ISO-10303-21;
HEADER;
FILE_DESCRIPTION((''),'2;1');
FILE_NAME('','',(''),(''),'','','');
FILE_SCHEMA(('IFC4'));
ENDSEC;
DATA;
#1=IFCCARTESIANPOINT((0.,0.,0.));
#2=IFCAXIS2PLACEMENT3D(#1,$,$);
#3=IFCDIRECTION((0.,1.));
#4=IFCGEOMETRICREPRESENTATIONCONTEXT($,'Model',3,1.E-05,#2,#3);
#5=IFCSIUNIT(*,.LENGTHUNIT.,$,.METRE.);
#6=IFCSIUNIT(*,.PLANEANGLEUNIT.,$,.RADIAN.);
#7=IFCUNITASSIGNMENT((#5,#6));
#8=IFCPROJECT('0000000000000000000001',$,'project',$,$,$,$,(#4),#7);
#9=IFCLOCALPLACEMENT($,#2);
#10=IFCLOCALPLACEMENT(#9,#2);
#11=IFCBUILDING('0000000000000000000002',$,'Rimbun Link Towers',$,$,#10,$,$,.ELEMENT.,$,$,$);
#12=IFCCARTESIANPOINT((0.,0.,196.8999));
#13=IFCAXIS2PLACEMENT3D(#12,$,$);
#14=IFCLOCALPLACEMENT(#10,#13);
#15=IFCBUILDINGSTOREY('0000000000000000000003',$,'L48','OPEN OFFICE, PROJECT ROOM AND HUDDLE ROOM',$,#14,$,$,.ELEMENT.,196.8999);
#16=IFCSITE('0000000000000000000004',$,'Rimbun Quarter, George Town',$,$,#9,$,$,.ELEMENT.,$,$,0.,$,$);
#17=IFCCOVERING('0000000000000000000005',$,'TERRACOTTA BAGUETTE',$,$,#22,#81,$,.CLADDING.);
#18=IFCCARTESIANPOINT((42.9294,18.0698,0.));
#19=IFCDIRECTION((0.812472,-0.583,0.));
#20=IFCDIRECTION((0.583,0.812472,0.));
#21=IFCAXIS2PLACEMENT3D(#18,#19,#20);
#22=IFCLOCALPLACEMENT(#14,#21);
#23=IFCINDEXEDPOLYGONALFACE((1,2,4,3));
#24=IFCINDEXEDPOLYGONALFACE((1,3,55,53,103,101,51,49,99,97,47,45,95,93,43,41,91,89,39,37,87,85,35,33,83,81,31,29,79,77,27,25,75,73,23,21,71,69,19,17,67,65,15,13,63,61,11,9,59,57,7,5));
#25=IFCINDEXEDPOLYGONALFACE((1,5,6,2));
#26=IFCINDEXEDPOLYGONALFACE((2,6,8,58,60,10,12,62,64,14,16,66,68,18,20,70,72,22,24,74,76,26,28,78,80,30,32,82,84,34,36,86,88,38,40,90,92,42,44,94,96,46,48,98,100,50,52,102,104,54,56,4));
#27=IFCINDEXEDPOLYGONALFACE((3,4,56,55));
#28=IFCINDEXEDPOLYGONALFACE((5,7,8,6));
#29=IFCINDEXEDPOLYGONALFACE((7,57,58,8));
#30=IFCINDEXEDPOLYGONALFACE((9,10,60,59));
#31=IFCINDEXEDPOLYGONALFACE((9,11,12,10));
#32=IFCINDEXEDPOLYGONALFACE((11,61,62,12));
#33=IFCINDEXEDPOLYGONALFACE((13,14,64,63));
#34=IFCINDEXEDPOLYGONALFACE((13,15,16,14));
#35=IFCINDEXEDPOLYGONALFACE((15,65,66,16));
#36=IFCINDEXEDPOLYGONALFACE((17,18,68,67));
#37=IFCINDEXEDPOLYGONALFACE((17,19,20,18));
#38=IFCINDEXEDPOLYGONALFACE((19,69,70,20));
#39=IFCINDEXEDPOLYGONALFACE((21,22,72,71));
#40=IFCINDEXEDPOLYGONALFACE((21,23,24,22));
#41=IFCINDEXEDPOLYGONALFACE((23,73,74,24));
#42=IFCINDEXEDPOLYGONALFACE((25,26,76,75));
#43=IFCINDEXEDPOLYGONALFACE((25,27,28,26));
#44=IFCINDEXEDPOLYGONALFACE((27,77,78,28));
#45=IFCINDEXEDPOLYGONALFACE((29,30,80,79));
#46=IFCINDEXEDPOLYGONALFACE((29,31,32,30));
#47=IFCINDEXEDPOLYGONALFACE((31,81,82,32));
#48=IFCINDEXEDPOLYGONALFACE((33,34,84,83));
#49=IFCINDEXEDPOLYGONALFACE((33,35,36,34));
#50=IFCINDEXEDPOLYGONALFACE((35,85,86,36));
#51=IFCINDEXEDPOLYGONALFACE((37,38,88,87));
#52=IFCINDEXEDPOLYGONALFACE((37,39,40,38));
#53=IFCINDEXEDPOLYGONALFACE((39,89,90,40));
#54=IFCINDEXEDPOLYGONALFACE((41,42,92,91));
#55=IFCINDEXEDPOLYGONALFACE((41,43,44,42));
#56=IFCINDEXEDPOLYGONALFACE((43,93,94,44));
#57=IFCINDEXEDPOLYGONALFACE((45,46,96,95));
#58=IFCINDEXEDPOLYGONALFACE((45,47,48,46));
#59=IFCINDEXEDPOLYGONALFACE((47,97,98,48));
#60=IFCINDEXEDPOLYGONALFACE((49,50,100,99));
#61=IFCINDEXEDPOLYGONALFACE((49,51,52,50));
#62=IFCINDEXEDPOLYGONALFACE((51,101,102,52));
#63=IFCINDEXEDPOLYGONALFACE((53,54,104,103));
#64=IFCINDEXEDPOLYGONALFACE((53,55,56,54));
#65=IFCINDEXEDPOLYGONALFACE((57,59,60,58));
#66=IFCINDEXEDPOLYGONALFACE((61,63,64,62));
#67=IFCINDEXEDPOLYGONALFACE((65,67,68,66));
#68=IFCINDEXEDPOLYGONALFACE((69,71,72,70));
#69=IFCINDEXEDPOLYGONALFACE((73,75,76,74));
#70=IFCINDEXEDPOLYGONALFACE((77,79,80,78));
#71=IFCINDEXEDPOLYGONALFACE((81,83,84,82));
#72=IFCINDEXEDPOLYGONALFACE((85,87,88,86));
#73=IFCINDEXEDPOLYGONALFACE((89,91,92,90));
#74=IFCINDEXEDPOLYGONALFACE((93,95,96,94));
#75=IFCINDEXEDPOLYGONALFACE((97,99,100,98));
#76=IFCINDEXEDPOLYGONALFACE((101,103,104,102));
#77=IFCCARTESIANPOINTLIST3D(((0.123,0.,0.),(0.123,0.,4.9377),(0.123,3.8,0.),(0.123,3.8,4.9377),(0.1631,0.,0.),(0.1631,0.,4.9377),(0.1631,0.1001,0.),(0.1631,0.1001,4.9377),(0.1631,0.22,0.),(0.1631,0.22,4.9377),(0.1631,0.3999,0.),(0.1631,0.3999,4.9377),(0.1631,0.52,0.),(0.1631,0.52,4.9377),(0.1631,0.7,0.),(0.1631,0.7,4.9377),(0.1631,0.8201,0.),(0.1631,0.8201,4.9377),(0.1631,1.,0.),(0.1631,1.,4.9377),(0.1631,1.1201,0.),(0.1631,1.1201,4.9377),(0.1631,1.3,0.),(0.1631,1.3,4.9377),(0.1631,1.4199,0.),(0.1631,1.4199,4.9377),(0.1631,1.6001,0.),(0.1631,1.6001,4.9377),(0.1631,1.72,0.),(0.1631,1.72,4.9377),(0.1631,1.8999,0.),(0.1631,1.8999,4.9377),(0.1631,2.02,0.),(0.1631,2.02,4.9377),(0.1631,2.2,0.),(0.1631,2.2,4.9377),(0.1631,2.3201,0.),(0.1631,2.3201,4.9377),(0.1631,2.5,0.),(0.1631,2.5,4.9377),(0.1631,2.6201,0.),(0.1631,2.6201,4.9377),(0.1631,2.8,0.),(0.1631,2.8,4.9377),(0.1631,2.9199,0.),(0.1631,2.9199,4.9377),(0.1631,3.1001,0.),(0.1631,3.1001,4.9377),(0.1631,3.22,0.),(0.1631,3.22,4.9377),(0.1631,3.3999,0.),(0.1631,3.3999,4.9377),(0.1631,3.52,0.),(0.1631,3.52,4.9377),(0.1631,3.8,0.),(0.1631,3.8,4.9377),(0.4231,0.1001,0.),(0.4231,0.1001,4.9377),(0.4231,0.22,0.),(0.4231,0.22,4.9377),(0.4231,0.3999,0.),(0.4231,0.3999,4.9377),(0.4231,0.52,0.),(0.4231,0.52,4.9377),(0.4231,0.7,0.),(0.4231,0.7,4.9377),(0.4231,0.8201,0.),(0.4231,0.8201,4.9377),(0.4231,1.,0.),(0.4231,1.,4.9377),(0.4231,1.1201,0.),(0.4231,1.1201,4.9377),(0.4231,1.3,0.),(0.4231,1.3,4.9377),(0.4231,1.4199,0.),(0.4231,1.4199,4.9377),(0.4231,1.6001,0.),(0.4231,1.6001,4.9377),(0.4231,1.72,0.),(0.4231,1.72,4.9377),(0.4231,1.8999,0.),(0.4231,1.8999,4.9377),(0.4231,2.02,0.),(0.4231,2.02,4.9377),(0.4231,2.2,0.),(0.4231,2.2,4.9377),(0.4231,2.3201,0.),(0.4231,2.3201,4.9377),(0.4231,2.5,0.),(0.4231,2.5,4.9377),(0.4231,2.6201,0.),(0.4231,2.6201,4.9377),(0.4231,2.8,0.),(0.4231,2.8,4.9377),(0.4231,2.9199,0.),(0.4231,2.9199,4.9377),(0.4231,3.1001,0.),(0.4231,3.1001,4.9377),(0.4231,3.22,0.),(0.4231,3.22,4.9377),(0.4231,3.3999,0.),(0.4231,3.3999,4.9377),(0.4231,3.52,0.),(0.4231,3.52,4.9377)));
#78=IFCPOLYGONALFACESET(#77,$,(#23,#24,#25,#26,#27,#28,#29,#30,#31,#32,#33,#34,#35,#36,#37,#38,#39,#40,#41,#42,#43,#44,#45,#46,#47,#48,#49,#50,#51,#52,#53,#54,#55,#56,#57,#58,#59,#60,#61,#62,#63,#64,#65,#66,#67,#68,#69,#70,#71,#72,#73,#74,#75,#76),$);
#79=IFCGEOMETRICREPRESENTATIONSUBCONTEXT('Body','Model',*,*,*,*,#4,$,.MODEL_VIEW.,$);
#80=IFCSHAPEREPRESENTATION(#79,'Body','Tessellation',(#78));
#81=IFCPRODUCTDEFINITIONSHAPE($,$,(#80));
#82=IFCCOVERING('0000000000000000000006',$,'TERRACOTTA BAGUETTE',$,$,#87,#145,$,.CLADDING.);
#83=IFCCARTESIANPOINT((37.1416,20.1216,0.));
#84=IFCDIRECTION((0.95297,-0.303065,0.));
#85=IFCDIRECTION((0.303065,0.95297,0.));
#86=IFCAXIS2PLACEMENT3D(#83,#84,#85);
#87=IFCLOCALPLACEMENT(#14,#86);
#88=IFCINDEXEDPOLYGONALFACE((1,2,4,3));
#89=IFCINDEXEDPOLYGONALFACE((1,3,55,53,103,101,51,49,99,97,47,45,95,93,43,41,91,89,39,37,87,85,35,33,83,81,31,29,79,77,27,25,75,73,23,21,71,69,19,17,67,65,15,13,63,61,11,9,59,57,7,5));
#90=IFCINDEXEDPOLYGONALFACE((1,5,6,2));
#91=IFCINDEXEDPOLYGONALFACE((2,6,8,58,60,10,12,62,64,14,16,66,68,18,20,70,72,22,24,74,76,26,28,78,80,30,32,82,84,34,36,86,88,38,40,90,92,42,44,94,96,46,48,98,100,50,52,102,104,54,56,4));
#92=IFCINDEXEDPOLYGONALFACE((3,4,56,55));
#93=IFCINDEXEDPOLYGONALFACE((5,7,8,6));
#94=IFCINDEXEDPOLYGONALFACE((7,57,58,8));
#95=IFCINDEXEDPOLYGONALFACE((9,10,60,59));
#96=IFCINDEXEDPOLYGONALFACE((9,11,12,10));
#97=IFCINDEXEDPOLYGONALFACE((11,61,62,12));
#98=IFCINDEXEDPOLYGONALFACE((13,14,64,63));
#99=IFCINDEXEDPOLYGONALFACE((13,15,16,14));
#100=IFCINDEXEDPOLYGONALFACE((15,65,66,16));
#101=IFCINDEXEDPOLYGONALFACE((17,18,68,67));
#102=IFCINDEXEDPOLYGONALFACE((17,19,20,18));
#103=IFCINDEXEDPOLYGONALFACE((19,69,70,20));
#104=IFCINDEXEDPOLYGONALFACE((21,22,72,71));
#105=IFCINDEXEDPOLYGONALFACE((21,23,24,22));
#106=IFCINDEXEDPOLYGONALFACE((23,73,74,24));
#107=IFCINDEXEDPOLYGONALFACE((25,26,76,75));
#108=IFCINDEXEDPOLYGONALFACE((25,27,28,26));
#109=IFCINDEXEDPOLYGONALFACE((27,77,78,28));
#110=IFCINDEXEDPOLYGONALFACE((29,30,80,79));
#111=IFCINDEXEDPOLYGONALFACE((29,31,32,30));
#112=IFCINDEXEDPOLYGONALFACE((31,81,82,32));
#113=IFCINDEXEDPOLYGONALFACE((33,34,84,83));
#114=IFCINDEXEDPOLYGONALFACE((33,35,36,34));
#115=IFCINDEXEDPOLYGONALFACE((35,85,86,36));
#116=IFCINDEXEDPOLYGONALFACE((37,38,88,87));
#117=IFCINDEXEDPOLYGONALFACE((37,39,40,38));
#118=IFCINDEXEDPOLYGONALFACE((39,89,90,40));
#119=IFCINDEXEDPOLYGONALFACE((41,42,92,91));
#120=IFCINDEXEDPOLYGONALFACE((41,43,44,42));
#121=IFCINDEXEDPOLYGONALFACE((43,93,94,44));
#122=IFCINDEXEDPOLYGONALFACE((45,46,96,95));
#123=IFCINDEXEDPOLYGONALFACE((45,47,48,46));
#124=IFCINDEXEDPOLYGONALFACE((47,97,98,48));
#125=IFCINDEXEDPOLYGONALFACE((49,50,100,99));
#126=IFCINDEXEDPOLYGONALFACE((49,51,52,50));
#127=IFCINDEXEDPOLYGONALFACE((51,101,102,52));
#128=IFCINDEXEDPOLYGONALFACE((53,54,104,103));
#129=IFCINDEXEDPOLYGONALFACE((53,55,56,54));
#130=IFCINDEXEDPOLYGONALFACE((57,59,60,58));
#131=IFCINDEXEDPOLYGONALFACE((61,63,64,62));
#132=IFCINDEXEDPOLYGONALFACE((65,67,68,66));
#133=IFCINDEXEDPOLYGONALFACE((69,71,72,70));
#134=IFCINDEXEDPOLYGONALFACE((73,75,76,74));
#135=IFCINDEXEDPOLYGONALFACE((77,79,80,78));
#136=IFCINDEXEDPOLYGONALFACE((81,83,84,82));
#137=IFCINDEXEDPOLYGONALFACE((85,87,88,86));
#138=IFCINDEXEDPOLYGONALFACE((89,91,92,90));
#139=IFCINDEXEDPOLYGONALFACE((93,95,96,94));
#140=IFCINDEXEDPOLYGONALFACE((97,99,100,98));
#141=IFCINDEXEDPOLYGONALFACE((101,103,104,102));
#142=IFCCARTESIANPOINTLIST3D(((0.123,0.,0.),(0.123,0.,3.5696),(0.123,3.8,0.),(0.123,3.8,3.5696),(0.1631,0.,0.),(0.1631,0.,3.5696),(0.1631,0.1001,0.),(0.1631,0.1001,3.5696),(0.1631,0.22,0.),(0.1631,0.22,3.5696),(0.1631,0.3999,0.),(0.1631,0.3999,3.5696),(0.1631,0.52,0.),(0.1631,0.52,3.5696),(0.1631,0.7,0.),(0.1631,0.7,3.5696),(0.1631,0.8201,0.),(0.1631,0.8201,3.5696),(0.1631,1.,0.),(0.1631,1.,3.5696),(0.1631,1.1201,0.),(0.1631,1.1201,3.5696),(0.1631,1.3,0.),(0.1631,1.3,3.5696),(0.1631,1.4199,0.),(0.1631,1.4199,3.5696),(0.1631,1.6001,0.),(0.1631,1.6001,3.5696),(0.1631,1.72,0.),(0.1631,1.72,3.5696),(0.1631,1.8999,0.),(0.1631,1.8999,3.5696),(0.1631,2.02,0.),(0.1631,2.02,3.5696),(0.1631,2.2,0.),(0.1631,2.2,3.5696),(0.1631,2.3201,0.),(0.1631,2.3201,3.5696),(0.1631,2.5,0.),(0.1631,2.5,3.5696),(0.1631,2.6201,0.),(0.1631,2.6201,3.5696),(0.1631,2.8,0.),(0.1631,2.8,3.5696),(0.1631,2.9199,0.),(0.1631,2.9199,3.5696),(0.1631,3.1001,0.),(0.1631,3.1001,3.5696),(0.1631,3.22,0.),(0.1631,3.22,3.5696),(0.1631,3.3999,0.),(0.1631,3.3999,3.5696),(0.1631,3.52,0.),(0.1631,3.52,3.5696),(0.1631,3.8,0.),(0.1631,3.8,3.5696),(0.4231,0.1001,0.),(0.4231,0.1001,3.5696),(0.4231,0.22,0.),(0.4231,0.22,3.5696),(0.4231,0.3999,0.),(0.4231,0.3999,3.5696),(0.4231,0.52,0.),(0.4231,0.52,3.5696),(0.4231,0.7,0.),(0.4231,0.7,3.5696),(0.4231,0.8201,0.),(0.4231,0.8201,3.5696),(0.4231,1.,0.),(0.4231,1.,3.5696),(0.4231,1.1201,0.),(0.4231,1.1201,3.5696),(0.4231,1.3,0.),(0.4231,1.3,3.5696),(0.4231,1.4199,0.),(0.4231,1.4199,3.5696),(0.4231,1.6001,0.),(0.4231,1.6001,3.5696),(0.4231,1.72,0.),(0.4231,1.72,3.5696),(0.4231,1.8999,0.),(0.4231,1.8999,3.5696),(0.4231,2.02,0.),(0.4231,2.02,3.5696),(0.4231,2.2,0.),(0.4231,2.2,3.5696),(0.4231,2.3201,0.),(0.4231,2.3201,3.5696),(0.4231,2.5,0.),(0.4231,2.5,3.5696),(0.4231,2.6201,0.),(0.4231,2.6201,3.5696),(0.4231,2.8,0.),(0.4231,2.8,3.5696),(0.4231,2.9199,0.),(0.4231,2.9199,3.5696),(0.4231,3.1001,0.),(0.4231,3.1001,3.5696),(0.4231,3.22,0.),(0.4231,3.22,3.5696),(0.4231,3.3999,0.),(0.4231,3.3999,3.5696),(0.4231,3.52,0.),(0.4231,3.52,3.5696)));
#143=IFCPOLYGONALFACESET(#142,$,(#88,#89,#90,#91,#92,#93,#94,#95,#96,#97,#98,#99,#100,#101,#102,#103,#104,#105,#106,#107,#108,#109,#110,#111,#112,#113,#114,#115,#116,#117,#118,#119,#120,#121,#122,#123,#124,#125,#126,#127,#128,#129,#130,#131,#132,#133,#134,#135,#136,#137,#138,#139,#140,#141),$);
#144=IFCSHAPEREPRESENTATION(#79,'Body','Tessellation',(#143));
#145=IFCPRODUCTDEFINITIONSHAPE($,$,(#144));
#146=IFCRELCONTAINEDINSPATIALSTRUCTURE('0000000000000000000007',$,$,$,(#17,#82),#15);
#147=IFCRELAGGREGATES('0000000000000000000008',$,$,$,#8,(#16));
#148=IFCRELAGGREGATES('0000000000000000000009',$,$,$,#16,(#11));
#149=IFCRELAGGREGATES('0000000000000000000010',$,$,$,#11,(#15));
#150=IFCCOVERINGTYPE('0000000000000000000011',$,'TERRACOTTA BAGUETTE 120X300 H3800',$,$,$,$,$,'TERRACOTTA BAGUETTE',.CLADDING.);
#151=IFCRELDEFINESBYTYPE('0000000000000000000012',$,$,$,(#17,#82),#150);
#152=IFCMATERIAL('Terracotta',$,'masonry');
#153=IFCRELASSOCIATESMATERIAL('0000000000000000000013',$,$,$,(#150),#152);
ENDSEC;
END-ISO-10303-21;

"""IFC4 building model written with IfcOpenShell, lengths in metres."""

from ifc_helpers import new_model, si_unit, direction, frame, origin, place, context, subcontext, project, spatial, polyline, outline, extrude, material, material_profile, profile_set, type_object, element, save


model = new_model("IFC4")

# Units and contexts
model_context = context("Model", 3, precision=1e-05, world=origin(), true_north=direction((0.0, 1.0)))
body_context = subcontext(model_context, "Body", "Model", "MODEL_VIEW")
ifc_project = project(units=[si_unit("LENGTHUNIT", "METRE"), si_unit("PLANEANGLEUNIT", "RADIAN")], contexts=[model_context])

# Site, building, storey
site_placement = place(None, origin())
site = spatial("IfcSite", under=ifc_project, at=site_placement, Name="Rimbun Quarter, George Town", CompositionType="ELEMENT", RefElevation=0.0)
building_placement = place(site_placement, origin())
building = spatial("IfcBuilding", under=site, at=building_placement, Name="Rimbun Link Towers", CompositionType="ELEMENT")
storey_placement = place(building_placement, frame((0.0, 0.0, 196.8999)))
storey = spatial("IfcBuildingStorey", under=building, at=storey_placement, Name="L48", Description="OPEN OFFICE, PROJECT ROOM AND HUDDLE ROOM", CompositionType="ELEMENT", Elevation=196.8999)

# Coverings
ifc_material_1 = material(Name="Terracotta", Category="masonry")
ifc_material_profile_1 = material_profile(ifc_material_1, outline(polyline([(0.123, 0.0), (0.1631, 0.0), (0.1631, 0.1001), (0.4231, 0.1001), (0.4231, 0.22), (0.1631, 0.22), (0.1631, 0.3999), (0.4231, 0.3999), (0.4231, 0.52), (0.1631, 0.52), (0.1631, 0.7), (0.4231, 0.7), (0.4231, 0.8201), (0.1631, 0.8201), (0.1631, 1.0), (0.4231, 1.0), (0.4231, 1.1201), (0.1631, 1.1201), (0.1631, 1.3), (0.4231, 1.3), (0.4231, 1.4199), (0.1631, 1.4199), (0.1631, 1.6001), (0.4231, 1.6001), (0.4231, 1.72), (0.1631, 1.72), (0.1631, 1.8999), (0.4231, 1.8999), (0.4231, 2.02), (0.1631, 2.02), (0.1631, 2.2), (0.4231, 2.2), (0.4231, 2.3201), (0.1631, 2.3201), (0.1631, 2.5), (0.4231, 2.5), (0.4231, 2.6201), (0.1631, 2.6201), (0.1631, 2.8), (0.4231, 2.8), (0.4231, 2.9199), (0.1631, 2.9199), (0.1631, 3.1001), (0.4231, 3.1001), (0.4231, 3.22), (0.1631, 3.22), (0.1631, 3.3999), (0.4231, 3.3999), (0.4231, 3.52), (0.1631, 3.52), (0.1631, 3.8), (0.123, 3.8), (0.123, 0.0)])), Name="BAGUETTE 120X300")
ifc_profile_set_1 = profile_set([ifc_material_profile_1], Name="Terracotta")
covering_type = type_object("IfcCoveringType", Name="TERRACOTTA BAGUETTE 120X300 H3800", ElementType="TERRACOTTA BAGUETTE", PredefinedType="CLADDING", material=ifc_profile_set_1)
covering_1_placement = place(storey_placement, frame((42.9294, 18.0698, 0.0), z_axis=(0.812472, -0.583, 0.0), x_axis=(0.583, 0.812472, 0.0)))
element("IfcCovering", 1, at=covering_1_placement, inside=storey, type_object=covering_type, Name="TERRACOTTA BAGUETTE", PredefinedType="CLADDING", context=body_context, shape_type="SweptSolid", body=[
    extrude(outline(polyline([(0.123, 0.0), (0.1631, 0.0), (0.1631, 0.1001), (0.4231, 0.1001), (0.4231, 0.22), (0.1631, 0.22), (0.1631, 0.3999), (0.4231, 0.3999), (0.4231, 0.52), (0.1631, 0.52), (0.1631, 0.7), (0.4231, 0.7), (0.4231, 0.8201), (0.1631, 0.8201), (0.1631, 1.0), (0.4231, 1.0), (0.4231, 1.1201), (0.1631, 1.1201), (0.1631, 1.3), (0.4231, 1.3), (0.4231, 1.4199), (0.1631, 1.4199), (0.1631, 1.6001), (0.4231, 1.6001), (0.4231, 1.72), (0.1631, 1.72), (0.1631, 1.8999), (0.4231, 1.8999), (0.4231, 2.02), (0.1631, 2.02), (0.1631, 2.2), (0.4231, 2.2), (0.4231, 2.3201), (0.1631, 2.3201), (0.1631, 2.5), (0.4231, 2.5), (0.4231, 2.6201), (0.1631, 2.6201), (0.1631, 2.8), (0.4231, 2.8), (0.4231, 2.9199), (0.1631, 2.9199), (0.1631, 3.1001), (0.4231, 3.1001), (0.4231, 3.22), (0.1631, 3.22), (0.1631, 3.3999), (0.4231, 3.3999), (0.4231, 3.52), (0.1631, 3.52), (0.1631, 3.8), (0.123, 3.8), (0.123, 0.0)])), origin(), (0.0, 0.0, 1.0), 4.9377),
])
covering_2_placement = place(storey_placement, frame((37.1416, 20.1216, 0.0), z_axis=(0.95297, -0.303065, 0.0), x_axis=(0.303065, 0.95297, 0.0)))
element("IfcCovering", 2, at=covering_2_placement, inside=storey, type_object=covering_type, Name="TERRACOTTA BAGUETTE", PredefinedType="CLADDING", context=body_context, shape_type="SweptSolid", body=[
    extrude(outline(polyline([(0.123, 0.0), (0.1631, 0.0), (0.1631, 0.1001), (0.4231, 0.1001), (0.4231, 0.22), (0.1631, 0.22), (0.1631, 0.3999), (0.4231, 0.3999), (0.4231, 0.52), (0.1631, 0.52), (0.1631, 0.7), (0.4231, 0.7), (0.4231, 0.8201), (0.1631, 0.8201), (0.1631, 1.0), (0.4231, 1.0), (0.4231, 1.1201), (0.1631, 1.1201), (0.1631, 1.3), (0.4231, 1.3), (0.4231, 1.4199), (0.1631, 1.4199), (0.1631, 1.6001), (0.4231, 1.6001), (0.4231, 1.72), (0.1631, 1.72), (0.1631, 1.8999), (0.4231, 1.8999), (0.4231, 2.02), (0.1631, 2.02), (0.1631, 2.2), (0.4231, 2.2), (0.4231, 2.3201), (0.1631, 2.3201), (0.1631, 2.5), (0.4231, 2.5), (0.4231, 2.6201), (0.1631, 2.6201), (0.1631, 2.8), (0.4231, 2.8), (0.4231, 2.9199), (0.1631, 2.9199), (0.1631, 3.1001), (0.4231, 3.1001), (0.4231, 3.22), (0.1631, 3.22), (0.1631, 3.3999), (0.4231, 3.3999), (0.4231, 3.52), (0.1631, 3.52), (0.1631, 3.8), (0.123, 3.8), (0.123, 0.0)])), origin(), (0.0, 0.0, 1.0), 3.5696),
])

save(model, "model.ifc")
